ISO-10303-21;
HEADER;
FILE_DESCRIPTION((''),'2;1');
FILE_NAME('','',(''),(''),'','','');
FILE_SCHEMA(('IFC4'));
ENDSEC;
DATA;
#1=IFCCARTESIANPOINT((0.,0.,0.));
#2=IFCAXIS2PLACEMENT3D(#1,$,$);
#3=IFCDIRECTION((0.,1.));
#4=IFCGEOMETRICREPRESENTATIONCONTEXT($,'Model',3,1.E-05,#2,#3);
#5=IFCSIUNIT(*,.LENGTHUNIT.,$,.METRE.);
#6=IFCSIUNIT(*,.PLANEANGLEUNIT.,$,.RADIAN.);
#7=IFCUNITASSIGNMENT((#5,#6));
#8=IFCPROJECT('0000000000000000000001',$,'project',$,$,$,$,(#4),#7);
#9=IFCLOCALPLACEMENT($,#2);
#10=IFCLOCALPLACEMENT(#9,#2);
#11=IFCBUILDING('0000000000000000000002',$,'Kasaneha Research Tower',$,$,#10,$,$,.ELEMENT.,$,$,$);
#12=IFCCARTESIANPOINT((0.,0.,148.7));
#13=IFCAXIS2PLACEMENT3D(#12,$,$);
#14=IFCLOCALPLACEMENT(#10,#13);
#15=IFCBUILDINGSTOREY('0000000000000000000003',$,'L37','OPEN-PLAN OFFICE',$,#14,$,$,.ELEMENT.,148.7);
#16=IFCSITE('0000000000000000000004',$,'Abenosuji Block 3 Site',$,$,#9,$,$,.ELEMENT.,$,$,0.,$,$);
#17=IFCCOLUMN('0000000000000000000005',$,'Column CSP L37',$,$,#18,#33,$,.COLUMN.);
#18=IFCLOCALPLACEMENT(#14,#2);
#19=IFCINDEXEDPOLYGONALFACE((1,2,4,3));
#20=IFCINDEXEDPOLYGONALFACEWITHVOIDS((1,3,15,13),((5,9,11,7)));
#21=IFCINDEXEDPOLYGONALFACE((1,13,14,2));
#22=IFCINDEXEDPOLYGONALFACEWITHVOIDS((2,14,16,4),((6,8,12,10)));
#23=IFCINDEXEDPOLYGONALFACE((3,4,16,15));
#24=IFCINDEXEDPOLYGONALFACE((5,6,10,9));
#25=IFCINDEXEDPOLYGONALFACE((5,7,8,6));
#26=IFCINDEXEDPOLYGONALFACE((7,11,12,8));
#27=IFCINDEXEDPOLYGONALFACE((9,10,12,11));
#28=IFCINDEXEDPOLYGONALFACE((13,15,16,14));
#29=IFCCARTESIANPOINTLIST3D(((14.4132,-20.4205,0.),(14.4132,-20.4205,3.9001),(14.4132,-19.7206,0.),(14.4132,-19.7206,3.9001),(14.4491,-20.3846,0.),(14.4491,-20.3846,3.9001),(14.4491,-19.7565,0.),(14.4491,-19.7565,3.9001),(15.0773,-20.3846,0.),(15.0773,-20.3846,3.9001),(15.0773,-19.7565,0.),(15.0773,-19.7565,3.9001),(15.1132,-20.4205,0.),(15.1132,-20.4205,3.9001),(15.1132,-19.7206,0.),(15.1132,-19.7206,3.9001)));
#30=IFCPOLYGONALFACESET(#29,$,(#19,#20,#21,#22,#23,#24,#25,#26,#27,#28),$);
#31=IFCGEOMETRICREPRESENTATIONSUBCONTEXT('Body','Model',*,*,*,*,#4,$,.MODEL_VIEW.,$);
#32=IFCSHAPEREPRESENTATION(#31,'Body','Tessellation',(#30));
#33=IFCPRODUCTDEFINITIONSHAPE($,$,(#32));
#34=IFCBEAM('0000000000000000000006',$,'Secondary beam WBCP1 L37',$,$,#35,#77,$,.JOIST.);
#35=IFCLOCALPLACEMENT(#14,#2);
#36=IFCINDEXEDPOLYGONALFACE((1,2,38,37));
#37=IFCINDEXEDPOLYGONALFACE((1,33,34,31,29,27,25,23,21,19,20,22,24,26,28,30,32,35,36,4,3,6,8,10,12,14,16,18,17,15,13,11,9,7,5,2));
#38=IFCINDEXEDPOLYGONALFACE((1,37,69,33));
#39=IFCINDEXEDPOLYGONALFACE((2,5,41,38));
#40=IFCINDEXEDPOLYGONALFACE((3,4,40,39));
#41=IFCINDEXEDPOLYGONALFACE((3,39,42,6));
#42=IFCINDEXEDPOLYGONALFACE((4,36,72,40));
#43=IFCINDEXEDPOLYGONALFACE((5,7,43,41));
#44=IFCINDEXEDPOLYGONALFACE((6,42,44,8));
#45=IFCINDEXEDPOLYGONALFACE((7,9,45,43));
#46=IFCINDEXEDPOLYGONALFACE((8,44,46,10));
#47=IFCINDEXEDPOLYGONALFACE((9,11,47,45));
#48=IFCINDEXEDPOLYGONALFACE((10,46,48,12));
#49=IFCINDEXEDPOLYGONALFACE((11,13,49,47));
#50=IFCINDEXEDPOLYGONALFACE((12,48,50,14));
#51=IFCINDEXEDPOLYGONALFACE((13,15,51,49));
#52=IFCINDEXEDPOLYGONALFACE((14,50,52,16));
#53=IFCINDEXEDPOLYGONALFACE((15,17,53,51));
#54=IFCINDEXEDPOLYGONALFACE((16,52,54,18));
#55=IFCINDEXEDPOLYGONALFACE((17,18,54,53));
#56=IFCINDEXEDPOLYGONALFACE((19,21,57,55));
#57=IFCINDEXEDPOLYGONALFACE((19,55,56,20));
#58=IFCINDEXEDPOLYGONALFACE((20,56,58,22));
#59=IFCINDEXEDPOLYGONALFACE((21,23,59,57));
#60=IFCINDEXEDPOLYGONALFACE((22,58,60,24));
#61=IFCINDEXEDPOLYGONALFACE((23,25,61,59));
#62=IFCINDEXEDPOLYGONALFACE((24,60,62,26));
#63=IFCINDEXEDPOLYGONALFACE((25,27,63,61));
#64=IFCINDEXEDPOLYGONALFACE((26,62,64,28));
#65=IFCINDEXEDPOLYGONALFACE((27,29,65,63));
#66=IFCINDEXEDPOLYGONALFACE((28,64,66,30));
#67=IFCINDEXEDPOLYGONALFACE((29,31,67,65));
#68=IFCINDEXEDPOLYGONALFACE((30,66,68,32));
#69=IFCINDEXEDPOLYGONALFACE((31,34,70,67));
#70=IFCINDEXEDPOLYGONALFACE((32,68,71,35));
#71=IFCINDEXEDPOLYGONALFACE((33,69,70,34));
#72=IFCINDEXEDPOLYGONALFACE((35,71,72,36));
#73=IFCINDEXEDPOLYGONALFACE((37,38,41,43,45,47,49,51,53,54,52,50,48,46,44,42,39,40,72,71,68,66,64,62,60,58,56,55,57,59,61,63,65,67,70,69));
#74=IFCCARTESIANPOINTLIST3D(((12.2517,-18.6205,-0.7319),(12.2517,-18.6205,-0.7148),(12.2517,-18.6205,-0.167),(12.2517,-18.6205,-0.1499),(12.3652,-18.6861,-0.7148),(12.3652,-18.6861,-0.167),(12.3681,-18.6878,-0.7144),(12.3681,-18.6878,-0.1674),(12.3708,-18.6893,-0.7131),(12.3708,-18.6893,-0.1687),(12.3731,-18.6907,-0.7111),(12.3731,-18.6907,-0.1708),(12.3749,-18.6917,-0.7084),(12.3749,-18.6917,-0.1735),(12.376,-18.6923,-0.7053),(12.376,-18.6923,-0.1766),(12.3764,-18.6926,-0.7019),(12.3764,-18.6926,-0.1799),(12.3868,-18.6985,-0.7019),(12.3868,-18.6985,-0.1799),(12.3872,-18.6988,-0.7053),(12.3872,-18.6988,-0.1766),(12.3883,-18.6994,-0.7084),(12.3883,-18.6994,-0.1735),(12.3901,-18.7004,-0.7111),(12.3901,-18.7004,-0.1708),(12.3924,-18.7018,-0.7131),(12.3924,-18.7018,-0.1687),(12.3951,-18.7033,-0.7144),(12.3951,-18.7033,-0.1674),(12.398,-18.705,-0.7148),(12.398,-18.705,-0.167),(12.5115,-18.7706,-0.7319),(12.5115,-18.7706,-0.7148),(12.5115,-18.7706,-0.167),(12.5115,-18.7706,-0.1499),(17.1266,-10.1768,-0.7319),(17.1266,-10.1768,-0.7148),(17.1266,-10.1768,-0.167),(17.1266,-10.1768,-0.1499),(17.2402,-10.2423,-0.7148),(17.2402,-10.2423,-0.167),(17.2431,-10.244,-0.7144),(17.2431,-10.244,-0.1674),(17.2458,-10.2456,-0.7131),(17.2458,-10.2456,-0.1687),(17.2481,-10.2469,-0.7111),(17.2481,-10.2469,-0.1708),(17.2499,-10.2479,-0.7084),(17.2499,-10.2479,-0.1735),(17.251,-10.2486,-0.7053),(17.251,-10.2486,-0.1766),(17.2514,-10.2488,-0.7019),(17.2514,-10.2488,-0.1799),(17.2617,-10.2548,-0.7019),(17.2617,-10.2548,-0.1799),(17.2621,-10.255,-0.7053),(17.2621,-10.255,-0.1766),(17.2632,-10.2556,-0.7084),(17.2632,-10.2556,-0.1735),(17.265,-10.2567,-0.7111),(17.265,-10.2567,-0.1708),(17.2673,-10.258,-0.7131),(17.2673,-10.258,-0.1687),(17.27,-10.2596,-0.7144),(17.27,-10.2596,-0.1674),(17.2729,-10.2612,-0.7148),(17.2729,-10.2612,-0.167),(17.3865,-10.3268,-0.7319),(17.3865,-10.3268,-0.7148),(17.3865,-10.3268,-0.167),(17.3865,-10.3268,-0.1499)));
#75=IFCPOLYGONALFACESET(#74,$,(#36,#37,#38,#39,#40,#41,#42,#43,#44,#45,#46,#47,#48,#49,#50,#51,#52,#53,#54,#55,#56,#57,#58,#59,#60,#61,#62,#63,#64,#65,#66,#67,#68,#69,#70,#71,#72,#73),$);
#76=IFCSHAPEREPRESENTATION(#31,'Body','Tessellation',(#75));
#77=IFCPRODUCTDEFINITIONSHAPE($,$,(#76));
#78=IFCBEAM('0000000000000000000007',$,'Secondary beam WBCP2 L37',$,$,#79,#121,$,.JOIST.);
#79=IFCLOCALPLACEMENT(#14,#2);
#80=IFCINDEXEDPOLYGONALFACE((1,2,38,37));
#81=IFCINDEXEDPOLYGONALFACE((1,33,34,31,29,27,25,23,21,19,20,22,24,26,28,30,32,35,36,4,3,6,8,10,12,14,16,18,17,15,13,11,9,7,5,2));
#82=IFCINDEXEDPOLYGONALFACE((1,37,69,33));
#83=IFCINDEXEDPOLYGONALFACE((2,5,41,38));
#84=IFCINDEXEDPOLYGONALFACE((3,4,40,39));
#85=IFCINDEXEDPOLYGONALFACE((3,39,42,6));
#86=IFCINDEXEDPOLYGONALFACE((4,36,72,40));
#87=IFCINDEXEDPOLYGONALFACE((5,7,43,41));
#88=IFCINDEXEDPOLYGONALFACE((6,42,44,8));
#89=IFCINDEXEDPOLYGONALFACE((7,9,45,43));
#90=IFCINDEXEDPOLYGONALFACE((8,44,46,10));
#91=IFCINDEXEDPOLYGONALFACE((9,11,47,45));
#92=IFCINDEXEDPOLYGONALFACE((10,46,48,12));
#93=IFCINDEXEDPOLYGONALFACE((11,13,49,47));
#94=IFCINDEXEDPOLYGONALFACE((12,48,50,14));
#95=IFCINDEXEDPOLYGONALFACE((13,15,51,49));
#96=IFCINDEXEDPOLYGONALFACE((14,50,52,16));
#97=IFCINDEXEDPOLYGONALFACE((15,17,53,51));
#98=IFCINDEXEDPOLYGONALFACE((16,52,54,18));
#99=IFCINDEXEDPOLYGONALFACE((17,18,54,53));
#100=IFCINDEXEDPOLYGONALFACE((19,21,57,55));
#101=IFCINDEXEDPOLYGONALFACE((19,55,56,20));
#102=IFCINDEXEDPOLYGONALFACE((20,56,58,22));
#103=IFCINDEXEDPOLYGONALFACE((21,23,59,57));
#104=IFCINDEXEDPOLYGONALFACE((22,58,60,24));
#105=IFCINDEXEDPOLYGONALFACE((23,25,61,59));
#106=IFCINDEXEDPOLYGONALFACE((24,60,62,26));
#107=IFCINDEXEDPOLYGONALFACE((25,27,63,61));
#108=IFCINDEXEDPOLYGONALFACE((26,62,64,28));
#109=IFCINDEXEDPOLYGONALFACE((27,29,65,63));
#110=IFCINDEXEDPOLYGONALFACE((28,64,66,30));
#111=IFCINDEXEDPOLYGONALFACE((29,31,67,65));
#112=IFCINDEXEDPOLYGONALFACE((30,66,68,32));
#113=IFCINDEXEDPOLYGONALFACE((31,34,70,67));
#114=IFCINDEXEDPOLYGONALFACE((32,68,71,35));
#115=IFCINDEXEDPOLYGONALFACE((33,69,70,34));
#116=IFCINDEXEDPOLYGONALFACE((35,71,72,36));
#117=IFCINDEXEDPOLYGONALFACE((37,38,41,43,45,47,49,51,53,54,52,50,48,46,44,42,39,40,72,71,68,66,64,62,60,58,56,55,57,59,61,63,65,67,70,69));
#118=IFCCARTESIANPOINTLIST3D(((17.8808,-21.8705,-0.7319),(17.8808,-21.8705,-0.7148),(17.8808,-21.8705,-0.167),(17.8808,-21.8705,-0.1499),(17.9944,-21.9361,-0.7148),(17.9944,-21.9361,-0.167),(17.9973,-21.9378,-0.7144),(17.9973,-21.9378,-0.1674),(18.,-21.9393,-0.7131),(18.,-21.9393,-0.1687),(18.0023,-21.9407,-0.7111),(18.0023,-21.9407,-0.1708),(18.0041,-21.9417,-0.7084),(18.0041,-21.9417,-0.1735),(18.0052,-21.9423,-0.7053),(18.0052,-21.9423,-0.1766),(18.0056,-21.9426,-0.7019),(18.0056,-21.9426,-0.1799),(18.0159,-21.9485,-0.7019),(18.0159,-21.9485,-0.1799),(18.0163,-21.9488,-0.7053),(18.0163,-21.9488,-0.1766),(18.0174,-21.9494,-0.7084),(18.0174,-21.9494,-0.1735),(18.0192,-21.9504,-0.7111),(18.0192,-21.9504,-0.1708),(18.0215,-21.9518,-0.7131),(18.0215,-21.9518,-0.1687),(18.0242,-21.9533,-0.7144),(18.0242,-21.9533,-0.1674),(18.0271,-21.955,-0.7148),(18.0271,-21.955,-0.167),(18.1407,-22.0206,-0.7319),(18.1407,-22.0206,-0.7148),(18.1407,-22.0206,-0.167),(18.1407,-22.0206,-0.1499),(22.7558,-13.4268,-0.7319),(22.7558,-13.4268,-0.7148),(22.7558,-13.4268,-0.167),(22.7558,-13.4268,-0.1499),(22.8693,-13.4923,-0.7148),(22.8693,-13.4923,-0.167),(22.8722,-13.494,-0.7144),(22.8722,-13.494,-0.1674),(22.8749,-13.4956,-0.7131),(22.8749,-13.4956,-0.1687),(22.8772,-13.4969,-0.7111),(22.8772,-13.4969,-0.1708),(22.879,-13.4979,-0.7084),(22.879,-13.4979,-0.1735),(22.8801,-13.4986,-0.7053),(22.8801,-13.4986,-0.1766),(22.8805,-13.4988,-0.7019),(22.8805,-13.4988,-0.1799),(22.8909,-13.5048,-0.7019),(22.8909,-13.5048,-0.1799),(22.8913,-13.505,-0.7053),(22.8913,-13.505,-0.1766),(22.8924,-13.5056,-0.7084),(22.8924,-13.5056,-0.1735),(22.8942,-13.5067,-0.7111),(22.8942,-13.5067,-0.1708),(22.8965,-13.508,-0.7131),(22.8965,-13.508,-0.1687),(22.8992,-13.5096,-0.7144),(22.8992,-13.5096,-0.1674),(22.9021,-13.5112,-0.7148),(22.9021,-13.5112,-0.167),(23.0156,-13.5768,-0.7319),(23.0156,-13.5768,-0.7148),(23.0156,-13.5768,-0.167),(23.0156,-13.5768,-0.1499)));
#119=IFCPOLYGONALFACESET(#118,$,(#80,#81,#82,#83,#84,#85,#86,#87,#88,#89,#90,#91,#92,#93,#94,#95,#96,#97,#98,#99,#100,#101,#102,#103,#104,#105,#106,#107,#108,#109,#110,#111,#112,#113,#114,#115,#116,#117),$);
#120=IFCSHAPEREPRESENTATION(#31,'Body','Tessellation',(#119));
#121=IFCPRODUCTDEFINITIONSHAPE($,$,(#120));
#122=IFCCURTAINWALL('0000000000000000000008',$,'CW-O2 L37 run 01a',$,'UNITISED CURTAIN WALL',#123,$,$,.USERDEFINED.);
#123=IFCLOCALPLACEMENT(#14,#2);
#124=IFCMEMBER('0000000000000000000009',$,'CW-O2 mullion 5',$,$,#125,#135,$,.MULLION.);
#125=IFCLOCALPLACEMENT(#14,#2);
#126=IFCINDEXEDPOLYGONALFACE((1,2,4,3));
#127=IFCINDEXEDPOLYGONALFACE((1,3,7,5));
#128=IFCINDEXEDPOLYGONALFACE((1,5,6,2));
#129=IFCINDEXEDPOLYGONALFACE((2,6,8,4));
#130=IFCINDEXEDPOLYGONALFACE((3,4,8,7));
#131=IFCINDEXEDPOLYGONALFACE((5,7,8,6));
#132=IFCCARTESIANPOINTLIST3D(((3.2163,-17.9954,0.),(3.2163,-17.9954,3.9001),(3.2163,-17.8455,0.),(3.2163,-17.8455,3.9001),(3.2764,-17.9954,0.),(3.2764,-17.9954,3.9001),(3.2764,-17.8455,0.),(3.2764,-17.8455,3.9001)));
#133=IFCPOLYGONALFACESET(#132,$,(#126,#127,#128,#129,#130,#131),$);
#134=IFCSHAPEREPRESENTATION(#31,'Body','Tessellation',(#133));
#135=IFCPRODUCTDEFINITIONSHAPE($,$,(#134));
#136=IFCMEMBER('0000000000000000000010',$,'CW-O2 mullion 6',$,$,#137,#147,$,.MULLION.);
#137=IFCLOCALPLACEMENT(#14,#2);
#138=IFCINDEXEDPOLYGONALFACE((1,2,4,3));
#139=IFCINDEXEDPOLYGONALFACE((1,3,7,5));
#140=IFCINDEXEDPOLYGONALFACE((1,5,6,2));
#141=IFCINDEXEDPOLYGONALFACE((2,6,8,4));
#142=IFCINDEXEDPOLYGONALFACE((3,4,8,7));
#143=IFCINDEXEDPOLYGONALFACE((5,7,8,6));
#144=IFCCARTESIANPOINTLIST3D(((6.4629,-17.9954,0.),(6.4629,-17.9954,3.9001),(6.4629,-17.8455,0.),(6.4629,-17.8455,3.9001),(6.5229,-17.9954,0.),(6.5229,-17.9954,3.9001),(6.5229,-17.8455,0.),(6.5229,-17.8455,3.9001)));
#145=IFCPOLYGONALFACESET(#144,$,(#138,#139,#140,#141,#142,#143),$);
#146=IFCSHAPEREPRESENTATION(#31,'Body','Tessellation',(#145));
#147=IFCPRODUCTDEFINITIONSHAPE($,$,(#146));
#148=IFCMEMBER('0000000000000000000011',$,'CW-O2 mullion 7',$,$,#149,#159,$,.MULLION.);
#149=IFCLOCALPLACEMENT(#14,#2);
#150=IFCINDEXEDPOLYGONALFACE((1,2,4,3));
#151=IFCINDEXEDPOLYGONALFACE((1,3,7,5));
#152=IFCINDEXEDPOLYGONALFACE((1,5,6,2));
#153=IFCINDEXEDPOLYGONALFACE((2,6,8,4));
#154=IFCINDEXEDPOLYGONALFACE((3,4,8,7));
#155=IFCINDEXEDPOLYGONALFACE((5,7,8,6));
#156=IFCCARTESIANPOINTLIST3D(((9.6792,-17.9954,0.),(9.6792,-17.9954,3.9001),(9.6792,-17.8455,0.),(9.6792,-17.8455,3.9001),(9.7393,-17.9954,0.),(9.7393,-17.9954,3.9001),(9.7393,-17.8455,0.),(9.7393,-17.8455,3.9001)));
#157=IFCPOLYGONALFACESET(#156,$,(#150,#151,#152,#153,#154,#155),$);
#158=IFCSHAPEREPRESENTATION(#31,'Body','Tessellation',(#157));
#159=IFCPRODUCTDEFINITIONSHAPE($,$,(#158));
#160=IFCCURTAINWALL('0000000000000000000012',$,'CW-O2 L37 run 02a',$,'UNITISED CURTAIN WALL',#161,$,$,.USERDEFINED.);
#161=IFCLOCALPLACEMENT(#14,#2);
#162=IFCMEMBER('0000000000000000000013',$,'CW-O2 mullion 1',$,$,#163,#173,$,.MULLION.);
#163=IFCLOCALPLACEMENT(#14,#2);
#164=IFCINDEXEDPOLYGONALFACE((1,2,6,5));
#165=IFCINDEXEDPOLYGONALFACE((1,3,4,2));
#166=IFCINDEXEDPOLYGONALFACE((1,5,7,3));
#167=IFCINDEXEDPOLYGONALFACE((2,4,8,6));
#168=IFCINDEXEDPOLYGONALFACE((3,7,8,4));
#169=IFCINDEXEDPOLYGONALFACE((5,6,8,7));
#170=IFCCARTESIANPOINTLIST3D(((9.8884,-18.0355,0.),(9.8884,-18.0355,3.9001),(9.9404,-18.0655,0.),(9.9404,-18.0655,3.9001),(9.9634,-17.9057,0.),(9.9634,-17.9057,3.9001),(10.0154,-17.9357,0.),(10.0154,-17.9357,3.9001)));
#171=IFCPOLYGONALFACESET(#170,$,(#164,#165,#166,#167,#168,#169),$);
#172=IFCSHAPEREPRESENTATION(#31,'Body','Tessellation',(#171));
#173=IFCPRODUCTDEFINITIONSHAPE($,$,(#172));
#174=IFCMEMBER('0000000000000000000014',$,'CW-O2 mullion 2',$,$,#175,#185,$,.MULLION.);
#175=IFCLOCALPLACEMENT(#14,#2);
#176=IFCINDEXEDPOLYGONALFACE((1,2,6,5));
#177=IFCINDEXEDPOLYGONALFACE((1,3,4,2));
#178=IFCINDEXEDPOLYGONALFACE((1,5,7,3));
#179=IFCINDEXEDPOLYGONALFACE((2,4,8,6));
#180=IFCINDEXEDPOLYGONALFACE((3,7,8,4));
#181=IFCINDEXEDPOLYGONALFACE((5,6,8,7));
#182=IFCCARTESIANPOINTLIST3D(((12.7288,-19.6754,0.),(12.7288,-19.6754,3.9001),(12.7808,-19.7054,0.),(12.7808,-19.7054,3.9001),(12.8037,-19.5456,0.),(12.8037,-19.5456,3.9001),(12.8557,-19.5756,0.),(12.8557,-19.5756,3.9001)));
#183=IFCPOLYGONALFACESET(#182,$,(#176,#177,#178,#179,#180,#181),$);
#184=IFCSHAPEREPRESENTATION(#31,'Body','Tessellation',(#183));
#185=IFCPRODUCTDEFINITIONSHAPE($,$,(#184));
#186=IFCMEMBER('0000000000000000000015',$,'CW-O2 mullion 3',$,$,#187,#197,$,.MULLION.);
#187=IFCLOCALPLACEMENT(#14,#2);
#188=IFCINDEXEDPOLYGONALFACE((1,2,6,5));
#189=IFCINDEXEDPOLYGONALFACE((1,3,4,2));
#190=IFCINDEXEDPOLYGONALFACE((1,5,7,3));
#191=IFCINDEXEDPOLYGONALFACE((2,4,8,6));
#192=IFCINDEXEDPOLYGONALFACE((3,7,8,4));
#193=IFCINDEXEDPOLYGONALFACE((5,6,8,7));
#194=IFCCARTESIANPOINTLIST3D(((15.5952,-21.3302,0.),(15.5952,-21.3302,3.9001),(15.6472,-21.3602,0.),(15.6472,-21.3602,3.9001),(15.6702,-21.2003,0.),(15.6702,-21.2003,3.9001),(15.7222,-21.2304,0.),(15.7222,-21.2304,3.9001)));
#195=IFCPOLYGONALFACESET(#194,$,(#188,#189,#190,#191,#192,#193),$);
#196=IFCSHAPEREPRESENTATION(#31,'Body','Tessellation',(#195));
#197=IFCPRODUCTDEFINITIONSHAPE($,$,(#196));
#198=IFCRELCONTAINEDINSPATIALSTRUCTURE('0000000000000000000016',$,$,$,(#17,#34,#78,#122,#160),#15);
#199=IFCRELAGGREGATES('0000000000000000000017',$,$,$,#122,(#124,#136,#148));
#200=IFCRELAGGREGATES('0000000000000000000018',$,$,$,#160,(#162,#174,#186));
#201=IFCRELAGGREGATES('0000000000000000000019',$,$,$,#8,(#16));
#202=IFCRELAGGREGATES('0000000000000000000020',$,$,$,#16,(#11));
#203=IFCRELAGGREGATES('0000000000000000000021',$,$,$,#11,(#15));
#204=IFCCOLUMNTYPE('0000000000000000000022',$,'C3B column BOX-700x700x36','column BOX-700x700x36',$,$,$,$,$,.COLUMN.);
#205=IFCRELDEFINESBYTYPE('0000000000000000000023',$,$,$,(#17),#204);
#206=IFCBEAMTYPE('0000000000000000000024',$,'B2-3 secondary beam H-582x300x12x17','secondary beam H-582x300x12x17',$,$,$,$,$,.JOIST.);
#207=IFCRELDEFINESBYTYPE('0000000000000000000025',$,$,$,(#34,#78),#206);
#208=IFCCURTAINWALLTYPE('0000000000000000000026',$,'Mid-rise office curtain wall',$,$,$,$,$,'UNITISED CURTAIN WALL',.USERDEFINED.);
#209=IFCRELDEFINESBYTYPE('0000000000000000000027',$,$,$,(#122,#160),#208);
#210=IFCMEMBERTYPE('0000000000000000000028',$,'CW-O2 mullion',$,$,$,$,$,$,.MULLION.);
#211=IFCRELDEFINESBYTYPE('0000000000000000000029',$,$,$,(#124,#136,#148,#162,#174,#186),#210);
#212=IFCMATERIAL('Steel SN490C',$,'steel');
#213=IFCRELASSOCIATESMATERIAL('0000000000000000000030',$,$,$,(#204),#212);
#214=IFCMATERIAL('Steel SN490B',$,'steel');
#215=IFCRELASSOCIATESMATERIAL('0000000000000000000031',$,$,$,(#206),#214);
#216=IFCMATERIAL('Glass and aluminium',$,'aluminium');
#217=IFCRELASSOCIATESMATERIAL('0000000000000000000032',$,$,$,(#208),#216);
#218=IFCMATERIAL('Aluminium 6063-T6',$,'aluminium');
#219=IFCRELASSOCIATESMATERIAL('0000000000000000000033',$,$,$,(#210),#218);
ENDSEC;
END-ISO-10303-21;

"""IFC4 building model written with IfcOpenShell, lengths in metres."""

from ifc_helpers import new_model, si_unit, direction, frame, origin, origin_2d, place, context, subcontext, project, spatial, rectangle, hollow_rectangle, i_section, extrude, material, material_profile, profile_set, type_object, element, aggregate, save


model = new_model("IFC4")

# Units and contexts
model_context = context("Model", 3, precision=1e-05, world=origin(), true_north=direction((0.0, 1.0)))
body_context = subcontext(model_context, "Body", "Model", "MODEL_VIEW")
ifc_project = project(units=[si_unit("LENGTHUNIT", "METRE"), si_unit("PLANEANGLEUNIT", "RADIAN")], contexts=[model_context])

# Site, building, storey
site_placement = place(None, origin())
site = spatial("IfcSite", under=ifc_project, at=site_placement, Name="Abenosuji Block 3 Site", CompositionType="ELEMENT", RefElevation=0.0)
building_placement = place(site_placement, origin())
building = spatial("IfcBuilding", under=site, at=building_placement, Name="Kasaneha Research Tower", CompositionType="ELEMENT")
storey_placement = place(building_placement, frame((0.0, 0.0, 148.7)))
storey = spatial("IfcBuildingStorey", under=building, at=storey_placement, Name="L37", Description="OPEN-PLAN OFFICE", CompositionType="ELEMENT", Elevation=148.7)

# Column
ifc_material_1 = material(Name="Steel SN490C", Category="steel")
ifc_material_profile_1 = material_profile(ifc_material_1, hollow_rectangle(XDim=0.7, YDim=0.7, WallThickness=0.0359, at=origin_2d()), Name="BOX-700x700x36")
ifc_profile_set_1 = profile_set([ifc_material_profile_1], Name="Steel SN490C")
column_type = type_object("IfcColumnType", Name="C3B column BOX-700x700x36", Description="column BOX-700x700x36", PredefinedType="COLUMN", material=ifc_profile_set_1)
column_placement = place(storey_placement, frame((14.7632, -20.0706, 0.0), z_axis=(0.0, 0.0, 1.0), x_axis=(1.0, 0.0, 0.0)))
element("IfcColumn", 1, at=column_placement, inside=storey, type_object=column_type, Name="Column CSP L37", PredefinedType="COLUMN", context=body_context, shape_type="SweptSolid", body=[
    extrude(hollow_rectangle(XDim=0.7, YDim=0.7, WallThickness=0.0359, at=origin_2d()), origin(), (0.0, 0.0, 1.0), 3.9001),
])

# Beams
ifc_material_2 = material(Name="Steel SN490B", Category="steel")
ifc_material_profile_2 = material_profile(ifc_material_2, i_section(OverallWidth=0.3, OverallDepth=0.582, WebThickness=0.012, FlangeThickness=0.0171, FilletRadius=0.0129, at=origin_2d()), Name="H-582x300x12x17")
ifc_profile_set_2 = profile_set([ifc_material_profile_2], Name="Steel SN490B")
beam_type_1 = type_object("IfcBeamType", Name="B2-3 secondary beam H-582x300x12x17", Description="secondary beam H-582x300x12x17", PredefinedType="JOIST", material=ifc_profile_set_2)
for number, where, z_axis, x_axis, name in (
    (2, (12.3816, -18.6956, -0.4409), (0.499996, 0.866028, 0.0), (-0.866028, 0.499996, 0.0), "Secondary beam WBCP1 L37"),
    (3, (18.0107, -21.9456, -0.4409), (0.499996, 0.866028, 0.0), (-0.866028, 0.499996, 0.0), "Secondary beam WBCP2 L37"),
):
    element("IfcBeam", number, at=place(storey_placement, frame(where, z_axis=z_axis, x_axis=x_axis)), inside=storey, type_object=beam_type_1, Name=name, PredefinedType="JOIST", context=body_context, shape_type="SweptSolid", body=[
        extrude(i_section(OverallWidth=0.3, OverallDepth=0.582, WebThickness=0.012, FlangeThickness=0.0171, FilletRadius=0.0129, at=origin_2d()), origin(), (0.0, 0.0, 1.0), 9.75),
    ])

# Curtain walls, members
ifc_material_3 = material(Name="Glass and aluminium", Category="aluminium")
curtain_wall_type = type_object("IfcCurtainWallType", Name="Mid-rise office curtain wall", ElementType="UNITISED CURTAIN WALL", PredefinedType="USERDEFINED", material=ifc_material_3)
curtain_wall_1_placement = place(storey_placement, origin())
curtain_wall_1 = element("IfcCurtainWall", 4, at=curtain_wall_1_placement, inside=storey, type_object=curtain_wall_type, Name="CW-O2 L37 run 01a", ObjectType="UNITISED CURTAIN WALL", PredefinedType="USERDEFINED")
ifc_material_4 = material(Name="Aluminium 6063-T6", Category="aluminium")
ifc_material_profile_3 = material_profile(ifc_material_4, rectangle(XDim=0.0601, YDim=0.1499, at=origin_2d()), Name="CW-O2 mullion 60x150")
ifc_profile_set_3 = profile_set([ifc_material_profile_3], Name="Aluminium 6063-T6")
member_type_1 = type_object("IfcMemberType", Name="CW-O2 mullion", PredefinedType="MULLION", material=ifc_profile_set_3)
member_1_placement = place(storey_placement, frame((3.2463, -17.9204, 0.0), z_axis=(0.0, 0.0, 1.0), x_axis=(1.0, 0.0, 0.0)))
member_1 = element("IfcMember", 5, at=member_1_placement, type_object=member_type_1, Name="CW-O2 mullion 5", PredefinedType="MULLION", context=body_context, shape_type="SweptSolid", body=[
    extrude(rectangle(XDim=0.0601, YDim=0.1499, at=origin_2d()), origin(), (0.0, 0.0, 1.0), 3.9001),
])
member_2_placement = place(storey_placement, frame((6.4929, -17.9204, 0.0), z_axis=(0.0, 0.0, 1.0), x_axis=(1.0, 0.0, 0.0)))
member_2 = element("IfcMember", 6, at=member_2_placement, type_object=member_type_1, Name="CW-O2 mullion 6", PredefinedType="MULLION", context=body_context, shape_type="SweptSolid", body=[
    extrude(rectangle(XDim=0.0601, YDim=0.1499, at=origin_2d()), origin(), (0.0, 0.0, 1.0), 3.9001),
])
member_3_placement = place(storey_placement, frame((9.7092, -17.9204, 0.0), z_axis=(0.0, 0.0, 1.0), x_axis=(1.0, 0.0, 0.0)))
member_3 = element("IfcMember", 7, at=member_3_placement, type_object=member_type_1, Name="CW-O2 mullion 7", PredefinedType="MULLION", context=body_context, shape_type="SweptSolid", body=[
    extrude(rectangle(XDim=0.0601, YDim=0.1499, at=origin_2d()), origin(), (0.0, 0.0, 1.0), 3.9001),
])
curtain_wall_2_placement = place(storey_placement, origin())
curtain_wall_2 = element("IfcCurtainWall", 8, at=curtain_wall_2_placement, inside=storey, type_object=curtain_wall_type, Name="CW-O2 L37 run 02a", ObjectType="UNITISED CURTAIN WALL", PredefinedType="USERDEFINED")
member_4_placement = place(storey_placement, frame((9.9519, -17.9856, 0.0), z_axis=(0.0, 0.0, 1.0), x_axis=(0.866025, -0.5, 0.0)))
member_4 = element("IfcMember", 9, at=member_4_placement, type_object=member_type_1, Name="CW-O2 mullion 1", PredefinedType="MULLION", context=body_context, shape_type="SweptSolid", body=[
    extrude(rectangle(XDim=0.0601, YDim=0.1499, at=origin_2d()), origin(), (0.0, 0.0, 1.0), 3.9001),
])
member_5_placement = place(storey_placement, frame((12.7922, -19.6255, 0.0), z_axis=(0.0, 0.0, 1.0), x_axis=(0.866025, -0.5, 0.0)))
member_5 = element("IfcMember", 10, at=member_5_placement, type_object=member_type_1, Name="CW-O2 mullion 2", PredefinedType="MULLION", context=body_context, shape_type="SweptSolid", body=[
    extrude(rectangle(XDim=0.0601, YDim=0.1499, at=origin_2d()), origin(), (0.0, 0.0, 1.0), 3.9001),
])
member_6_placement = place(storey_placement, frame((15.6587, -21.2803, 0.0), z_axis=(0.0, 0.0, 1.0), x_axis=(0.866025, -0.5, 0.0)))
member_6 = element("IfcMember", 11, at=member_6_placement, type_object=member_type_1, Name="CW-O2 mullion 3", PredefinedType="MULLION", context=body_context, shape_type="SweptSolid", body=[
    extrude(rectangle(XDim=0.0601, YDim=0.1499, at=origin_2d()), origin(), (0.0, 0.0, 1.0), 3.9001),
])

aggregate(curtain_wall_1, [member_1, member_2, member_3])
aggregate(curtain_wall_2, [member_4, member_5, member_6])

save(model, "model.ifc")
